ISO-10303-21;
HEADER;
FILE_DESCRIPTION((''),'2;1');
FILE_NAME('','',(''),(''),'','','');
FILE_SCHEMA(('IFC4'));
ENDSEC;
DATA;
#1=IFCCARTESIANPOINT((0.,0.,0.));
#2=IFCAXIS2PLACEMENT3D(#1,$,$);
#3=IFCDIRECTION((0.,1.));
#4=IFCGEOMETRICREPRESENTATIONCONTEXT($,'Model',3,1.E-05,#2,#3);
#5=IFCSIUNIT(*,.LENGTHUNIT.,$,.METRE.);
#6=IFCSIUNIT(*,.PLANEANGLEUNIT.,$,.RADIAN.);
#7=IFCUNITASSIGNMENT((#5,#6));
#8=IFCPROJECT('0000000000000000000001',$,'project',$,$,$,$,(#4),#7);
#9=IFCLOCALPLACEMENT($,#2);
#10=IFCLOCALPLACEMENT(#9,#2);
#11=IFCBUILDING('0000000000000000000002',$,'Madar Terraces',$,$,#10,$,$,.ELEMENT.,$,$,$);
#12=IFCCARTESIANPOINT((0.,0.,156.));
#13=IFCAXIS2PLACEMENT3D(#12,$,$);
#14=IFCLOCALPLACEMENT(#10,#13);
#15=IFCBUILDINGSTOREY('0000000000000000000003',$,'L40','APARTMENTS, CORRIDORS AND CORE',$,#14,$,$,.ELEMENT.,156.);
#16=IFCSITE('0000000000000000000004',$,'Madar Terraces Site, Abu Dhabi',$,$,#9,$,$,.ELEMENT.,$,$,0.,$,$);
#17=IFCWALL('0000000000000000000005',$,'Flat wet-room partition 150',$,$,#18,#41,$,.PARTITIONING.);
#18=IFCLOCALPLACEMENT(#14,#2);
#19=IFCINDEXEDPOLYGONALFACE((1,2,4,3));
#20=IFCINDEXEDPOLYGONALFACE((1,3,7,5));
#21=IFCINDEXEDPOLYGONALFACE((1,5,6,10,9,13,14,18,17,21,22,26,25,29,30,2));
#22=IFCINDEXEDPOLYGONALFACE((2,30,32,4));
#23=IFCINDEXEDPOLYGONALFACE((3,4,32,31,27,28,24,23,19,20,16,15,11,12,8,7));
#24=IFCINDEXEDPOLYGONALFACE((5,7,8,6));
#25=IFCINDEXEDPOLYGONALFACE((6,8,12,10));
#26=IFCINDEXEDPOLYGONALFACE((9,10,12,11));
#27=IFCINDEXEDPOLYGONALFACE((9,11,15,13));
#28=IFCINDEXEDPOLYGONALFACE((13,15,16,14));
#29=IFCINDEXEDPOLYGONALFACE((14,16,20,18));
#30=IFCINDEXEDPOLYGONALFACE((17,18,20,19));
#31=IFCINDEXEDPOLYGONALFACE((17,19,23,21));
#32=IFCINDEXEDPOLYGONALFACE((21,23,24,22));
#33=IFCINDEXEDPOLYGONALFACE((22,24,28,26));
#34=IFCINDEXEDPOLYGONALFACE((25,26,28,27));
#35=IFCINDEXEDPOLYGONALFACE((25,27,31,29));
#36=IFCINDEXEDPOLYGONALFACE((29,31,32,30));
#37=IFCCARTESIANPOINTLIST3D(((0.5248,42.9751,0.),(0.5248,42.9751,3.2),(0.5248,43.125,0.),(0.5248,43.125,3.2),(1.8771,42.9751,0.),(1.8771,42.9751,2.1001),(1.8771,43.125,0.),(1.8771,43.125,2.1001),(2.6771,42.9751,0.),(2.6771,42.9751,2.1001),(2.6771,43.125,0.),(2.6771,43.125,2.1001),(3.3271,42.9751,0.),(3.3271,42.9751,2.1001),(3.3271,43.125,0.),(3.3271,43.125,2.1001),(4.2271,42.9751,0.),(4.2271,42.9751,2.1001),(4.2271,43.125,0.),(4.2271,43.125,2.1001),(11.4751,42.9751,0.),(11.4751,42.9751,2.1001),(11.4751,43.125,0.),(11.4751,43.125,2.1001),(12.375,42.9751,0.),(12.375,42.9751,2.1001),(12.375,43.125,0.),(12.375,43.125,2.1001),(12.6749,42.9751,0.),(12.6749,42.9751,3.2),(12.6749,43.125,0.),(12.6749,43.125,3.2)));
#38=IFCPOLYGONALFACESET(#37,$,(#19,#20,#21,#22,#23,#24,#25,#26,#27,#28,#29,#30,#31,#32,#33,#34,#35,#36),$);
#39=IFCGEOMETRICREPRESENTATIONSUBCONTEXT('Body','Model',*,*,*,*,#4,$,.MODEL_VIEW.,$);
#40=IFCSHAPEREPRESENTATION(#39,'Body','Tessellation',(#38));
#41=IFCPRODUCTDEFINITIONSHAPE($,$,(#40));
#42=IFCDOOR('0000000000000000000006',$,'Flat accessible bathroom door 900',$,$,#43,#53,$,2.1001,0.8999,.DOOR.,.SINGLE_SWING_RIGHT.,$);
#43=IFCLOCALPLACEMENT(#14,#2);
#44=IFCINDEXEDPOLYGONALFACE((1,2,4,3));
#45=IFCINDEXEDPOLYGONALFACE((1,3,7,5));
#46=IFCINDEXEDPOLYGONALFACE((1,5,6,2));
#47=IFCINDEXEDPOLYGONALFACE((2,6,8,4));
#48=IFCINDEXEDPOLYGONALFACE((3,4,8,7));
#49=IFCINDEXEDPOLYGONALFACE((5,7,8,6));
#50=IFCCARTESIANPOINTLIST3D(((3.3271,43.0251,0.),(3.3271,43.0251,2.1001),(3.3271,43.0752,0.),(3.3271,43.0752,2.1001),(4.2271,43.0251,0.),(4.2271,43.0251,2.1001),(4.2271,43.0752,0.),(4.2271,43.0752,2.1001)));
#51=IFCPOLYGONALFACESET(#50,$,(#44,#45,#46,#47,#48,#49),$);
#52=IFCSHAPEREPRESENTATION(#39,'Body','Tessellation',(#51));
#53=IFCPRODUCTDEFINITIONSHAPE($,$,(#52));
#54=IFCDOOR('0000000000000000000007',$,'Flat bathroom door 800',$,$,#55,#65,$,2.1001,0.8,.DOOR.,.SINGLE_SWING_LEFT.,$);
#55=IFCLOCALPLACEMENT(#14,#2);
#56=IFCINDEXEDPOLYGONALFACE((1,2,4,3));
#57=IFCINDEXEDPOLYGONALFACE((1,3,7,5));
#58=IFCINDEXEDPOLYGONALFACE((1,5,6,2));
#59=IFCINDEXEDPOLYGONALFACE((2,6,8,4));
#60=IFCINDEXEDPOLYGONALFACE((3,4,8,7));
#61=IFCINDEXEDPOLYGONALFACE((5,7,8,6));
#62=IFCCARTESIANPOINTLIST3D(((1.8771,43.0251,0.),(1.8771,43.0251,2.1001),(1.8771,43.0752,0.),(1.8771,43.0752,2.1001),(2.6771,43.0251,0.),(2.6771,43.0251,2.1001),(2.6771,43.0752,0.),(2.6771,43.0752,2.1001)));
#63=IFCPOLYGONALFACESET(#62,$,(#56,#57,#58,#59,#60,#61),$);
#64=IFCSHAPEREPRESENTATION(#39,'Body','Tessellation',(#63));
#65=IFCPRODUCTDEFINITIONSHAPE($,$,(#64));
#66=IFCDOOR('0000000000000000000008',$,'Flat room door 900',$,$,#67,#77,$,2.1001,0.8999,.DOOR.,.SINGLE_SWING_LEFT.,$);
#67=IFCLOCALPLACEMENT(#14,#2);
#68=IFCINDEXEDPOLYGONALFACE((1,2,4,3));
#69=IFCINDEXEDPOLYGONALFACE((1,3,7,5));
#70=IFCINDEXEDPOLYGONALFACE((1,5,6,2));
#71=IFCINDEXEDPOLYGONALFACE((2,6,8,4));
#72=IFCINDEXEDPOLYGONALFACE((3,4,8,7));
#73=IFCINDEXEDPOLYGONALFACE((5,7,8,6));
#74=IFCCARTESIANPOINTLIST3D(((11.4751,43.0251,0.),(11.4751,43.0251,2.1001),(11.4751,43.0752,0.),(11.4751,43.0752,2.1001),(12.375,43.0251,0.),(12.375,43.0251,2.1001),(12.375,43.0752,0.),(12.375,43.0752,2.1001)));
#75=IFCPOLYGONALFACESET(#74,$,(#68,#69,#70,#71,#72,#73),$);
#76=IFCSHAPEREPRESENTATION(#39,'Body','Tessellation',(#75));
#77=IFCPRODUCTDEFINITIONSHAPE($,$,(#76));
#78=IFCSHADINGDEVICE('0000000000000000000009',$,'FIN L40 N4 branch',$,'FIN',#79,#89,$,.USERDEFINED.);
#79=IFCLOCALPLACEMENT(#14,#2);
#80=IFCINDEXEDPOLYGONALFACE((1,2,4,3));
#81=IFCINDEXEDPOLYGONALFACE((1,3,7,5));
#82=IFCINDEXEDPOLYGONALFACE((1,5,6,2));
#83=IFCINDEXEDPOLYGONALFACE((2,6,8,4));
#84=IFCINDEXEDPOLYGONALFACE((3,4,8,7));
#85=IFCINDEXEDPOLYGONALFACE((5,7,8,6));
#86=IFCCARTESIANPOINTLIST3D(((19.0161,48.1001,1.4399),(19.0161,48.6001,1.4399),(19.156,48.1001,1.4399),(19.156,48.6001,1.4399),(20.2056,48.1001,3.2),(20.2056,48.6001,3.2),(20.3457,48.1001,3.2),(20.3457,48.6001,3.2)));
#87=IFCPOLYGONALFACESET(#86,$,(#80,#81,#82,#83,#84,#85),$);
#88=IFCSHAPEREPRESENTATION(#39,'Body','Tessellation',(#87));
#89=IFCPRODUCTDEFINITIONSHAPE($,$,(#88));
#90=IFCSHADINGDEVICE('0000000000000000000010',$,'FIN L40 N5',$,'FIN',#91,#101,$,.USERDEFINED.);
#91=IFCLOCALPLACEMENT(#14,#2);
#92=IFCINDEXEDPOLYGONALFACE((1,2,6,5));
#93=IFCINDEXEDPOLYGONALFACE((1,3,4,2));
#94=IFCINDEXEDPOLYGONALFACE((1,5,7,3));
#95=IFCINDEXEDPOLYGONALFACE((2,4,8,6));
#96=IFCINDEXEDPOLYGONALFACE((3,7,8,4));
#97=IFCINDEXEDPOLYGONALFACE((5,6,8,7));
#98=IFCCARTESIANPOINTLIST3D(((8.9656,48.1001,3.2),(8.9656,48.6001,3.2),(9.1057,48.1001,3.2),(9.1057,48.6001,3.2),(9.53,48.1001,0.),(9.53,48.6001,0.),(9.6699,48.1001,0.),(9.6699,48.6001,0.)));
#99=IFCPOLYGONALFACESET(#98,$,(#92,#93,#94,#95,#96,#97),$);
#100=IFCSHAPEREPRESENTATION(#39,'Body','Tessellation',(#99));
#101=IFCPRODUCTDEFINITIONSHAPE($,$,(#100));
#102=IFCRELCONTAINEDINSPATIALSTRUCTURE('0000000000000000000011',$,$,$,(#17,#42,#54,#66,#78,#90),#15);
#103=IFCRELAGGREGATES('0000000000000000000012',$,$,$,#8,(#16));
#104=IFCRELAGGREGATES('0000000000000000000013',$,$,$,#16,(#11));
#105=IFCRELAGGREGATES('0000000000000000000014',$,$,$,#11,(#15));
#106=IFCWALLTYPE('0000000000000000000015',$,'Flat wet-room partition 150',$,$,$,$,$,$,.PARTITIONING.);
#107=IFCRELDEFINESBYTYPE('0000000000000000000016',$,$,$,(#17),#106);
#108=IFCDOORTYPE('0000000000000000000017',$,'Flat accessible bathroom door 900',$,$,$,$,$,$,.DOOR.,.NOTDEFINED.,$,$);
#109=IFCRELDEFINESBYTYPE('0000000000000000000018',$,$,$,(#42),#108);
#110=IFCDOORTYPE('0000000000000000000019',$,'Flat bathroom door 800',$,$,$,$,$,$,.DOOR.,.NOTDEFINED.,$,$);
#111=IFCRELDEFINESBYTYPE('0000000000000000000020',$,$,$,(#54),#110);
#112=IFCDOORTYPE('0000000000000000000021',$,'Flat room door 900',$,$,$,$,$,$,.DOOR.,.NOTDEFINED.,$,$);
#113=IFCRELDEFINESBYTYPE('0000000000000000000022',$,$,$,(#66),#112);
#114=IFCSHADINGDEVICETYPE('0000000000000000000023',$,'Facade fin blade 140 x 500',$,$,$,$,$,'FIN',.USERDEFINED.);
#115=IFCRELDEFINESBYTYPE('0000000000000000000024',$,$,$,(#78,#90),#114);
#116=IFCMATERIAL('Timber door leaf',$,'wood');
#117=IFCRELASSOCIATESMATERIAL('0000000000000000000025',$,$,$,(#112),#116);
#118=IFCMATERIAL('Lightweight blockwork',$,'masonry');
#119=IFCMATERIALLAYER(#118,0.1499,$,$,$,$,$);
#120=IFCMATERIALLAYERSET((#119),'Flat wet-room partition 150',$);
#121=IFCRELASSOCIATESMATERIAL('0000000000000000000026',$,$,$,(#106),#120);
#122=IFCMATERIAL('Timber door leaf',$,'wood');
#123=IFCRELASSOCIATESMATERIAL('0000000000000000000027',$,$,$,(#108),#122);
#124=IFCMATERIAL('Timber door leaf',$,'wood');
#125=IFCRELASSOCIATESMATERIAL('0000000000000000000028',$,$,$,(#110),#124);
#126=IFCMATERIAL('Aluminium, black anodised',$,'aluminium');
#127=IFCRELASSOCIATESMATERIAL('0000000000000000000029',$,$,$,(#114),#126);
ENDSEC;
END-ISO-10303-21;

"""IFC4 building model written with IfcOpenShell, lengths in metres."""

from ifc_helpers import new_model, si_unit, direction, frame, frame_2d, origin, place, context, subcontext, project, spatial, polyline, rectangle, outline, extrude, material, layer, layer_set, type_object, element, fill, save


model = new_model("IFC4")

# Units and contexts
model_context = context("Model", 3, precision=1e-05, world=origin(), true_north=direction((0.0, 1.0)))
body_context = subcontext(model_context, "Body", "Model", "MODEL_VIEW")
ifc_project = project(units=[si_unit("LENGTHUNIT", "METRE"), si_unit("PLANEANGLEUNIT", "RADIAN")], contexts=[model_context])

# Site, building, storey
site_placement = place(None, origin())
site = spatial("IfcSite", under=ifc_project, at=site_placement, Name="Madar Terraces Site, Abu Dhabi", CompositionType="ELEMENT", RefElevation=0.0)
building_placement = place(site_placement, origin())
building = spatial("IfcBuilding", under=site, at=building_placement, Name="Madar Terraces", CompositionType="ELEMENT")
storey_placement = place(building_placement, frame((0.0, 0.0, 156.0)))
storey = spatial("IfcBuildingStorey", under=building, at=storey_placement, Name="L40", Description="APARTMENTS, CORRIDORS AND CORE", CompositionType="ELEMENT", Elevation=156.0)

# Shared definitions
ifc_material_1 = material(Name="Timber door leaf", Category="wood")
door_type_1 = type_object("IfcDoorType", Name="Flat room door 900", OperationType="NOTDEFINED", PredefinedType="DOOR", material=ifc_material_1)

# Wall, openings, doors
ifc_material_2 = material(Name="Lightweight blockwork", Category="masonry")
ifc_layer_1 = layer(ifc_material_2, 0.1499)
ifc_layer_set_1 = layer_set([ifc_layer_1], Name="Flat wet-room partition 150")
wall_type_1 = type_object("IfcWallType", Name="Flat wet-room partition 150", PredefinedType="PARTITIONING", material=ifc_layer_set_1)
wall_1_placement = place(storey_placement, frame((12.675, 43.05, 0.0), z_axis=(0.0, 0.0, 1.0), x_axis=(-1.0, 0.0, 0.0)))
wall_1 = element("IfcWall", 1, at=wall_1_placement, inside=storey, type_object=wall_type_1, Name="Flat wet-room partition 150", PredefinedType="PARTITIONING", context=body_context, shape_type="SweptSolid", body=[
    extrude(rectangle(XDim=12.1501, YDim=0.1499, at=frame_2d((6.0752, 0.0))), origin(), (0.0, 0.0, 1.0), 3.2),
])
opening_1_placement = place(wall_1_placement, frame((0.3, 0.0, 0.0)))
opening_1 = element("IfcOpeningElement", 2, at=opening_1_placement, cuts=wall_1, PredefinedType="OPENING", context=body_context, shape_type="SweptSolid", body=[
    extrude(rectangle(XDim=0.8999, YDim=2.1001, at=frame_2d((0.45, 1.05))), frame((0.0, 0.085, 0.0), z_axis=(0.0, -1.0, 0.0), x_axis=(1.0, 0.0, 0.0)), (0.0, 0.0, 1.0), 0.1699),
])
opening_2_placement = place(wall_1_placement, frame((8.448, 0.0, 0.0)))
opening_2 = element("IfcOpeningElement", 3, at=opening_2_placement, cuts=wall_1, PredefinedType="OPENING", context=body_context, shape_type="SweptSolid", body=[
    extrude(rectangle(XDim=0.8999, YDim=2.1001, at=frame_2d((0.45, 1.05))), frame((0.0, 0.085, 0.0), z_axis=(0.0, -1.0, 0.0), x_axis=(1.0, 0.0, 0.0)), (0.0, 0.0, 1.0), 0.1699),
])
opening_3_placement = place(wall_1_placement, frame((9.998, 0.0, 0.0)))
opening_3 = element("IfcOpeningElement", 4, at=opening_3_placement, cuts=wall_1, PredefinedType="OPENING", context=body_context, shape_type="SweptSolid", body=[
    extrude(rectangle(XDim=0.8, YDim=2.1001, at=frame_2d((0.3999, 1.05))), frame((0.0, 0.085, 0.0), z_axis=(0.0, -1.0, 0.0), x_axis=(1.0, 0.0, 0.0)), (0.0, 0.0, 1.0), 0.1699),
])
ifc_material_3 = material(Name="Timber door leaf", Category="wood")
door_type_2 = type_object("IfcDoorType", Name="Flat accessible bathroom door 900", OperationType="NOTDEFINED", PredefinedType="DOOR", material=ifc_material_3)
door_1_placement = place(opening_2_placement, origin())
door_1 = element("IfcDoor", 5, at=door_1_placement, inside=storey, type_object=door_type_2, Name="Flat accessible bathroom door 900", OperationType="SINGLE_SWING_RIGHT", OverallHeight=2.1001, OverallWidth=0.8999, PredefinedType="DOOR", context=body_context, shape_type="SweptSolid", body=[
    extrude(rectangle(XDim=0.8999, YDim=2.1001, at=frame_2d((0.45, 1.05))), frame((0.0, 0.0249, 0.0), z_axis=(0.0, -1.0, 0.0), x_axis=(1.0, 0.0, 0.0)), (0.0, 0.0, 1.0), 0.05),
])
fill(opening_2, door_1)
ifc_material_4 = material(Name="Timber door leaf", Category="wood")
door_type_3 = type_object("IfcDoorType", Name="Flat bathroom door 800", OperationType="NOTDEFINED", PredefinedType="DOOR", material=ifc_material_4)
door_2_placement = place(opening_3_placement, origin())
door_2 = element("IfcDoor", 6, at=door_2_placement, inside=storey, type_object=door_type_3, Name="Flat bathroom door 800", OperationType="SINGLE_SWING_LEFT", OverallHeight=2.1001, OverallWidth=0.8, PredefinedType="DOOR", context=body_context, shape_type="SweptSolid", body=[
    extrude(rectangle(XDim=0.8, YDim=2.1001, at=frame_2d((0.3999, 1.05))), frame((0.0, 0.0249, 0.0), z_axis=(0.0, -1.0, 0.0), x_axis=(1.0, 0.0, 0.0)), (0.0, 0.0, 1.0), 0.05),
])
fill(opening_3, door_2)
door_3_placement = place(opening_1_placement, origin())
door_3 = element("IfcDoor", 7, at=door_3_placement, inside=storey, type_object=door_type_1, Name="Flat room door 900", OperationType="SINGLE_SWING_LEFT", OverallHeight=2.1001, OverallWidth=0.8999, PredefinedType="DOOR", context=body_context, shape_type="SweptSolid", body=[
    extrude(rectangle(XDim=0.8999, YDim=2.1001, at=frame_2d((0.45, 1.05))), frame((0.0, 0.0249, 0.0), z_axis=(0.0, -1.0, 0.0), x_axis=(1.0, 0.0, 0.0)), (0.0, 0.0, 1.0), 0.05),
])
fill(opening_1, door_3)

# Shading devices
ifc_material_5 = material(Name="Aluminium, black anodised", Category="aluminium")
shading_device_type = type_object("IfcShadingDeviceType", Name="Facade fin blade 140 x 500", ElementType="FIN", PredefinedType="USERDEFINED", material=ifc_material_5)
shading_device_1_placement = place(storey_placement, frame((19.156, 48.3501, 1.4399), z_axis=(0.0, 0.0, 1.0), x_axis=(-1.0, 0.0, 0.0)))
element("IfcShadingDevice", 8, at=shading_device_1_placement, inside=storey, type_object=shading_device_type, Name="FIN L40 N4 branch", ObjectType="FIN", PredefinedType="USERDEFINED", context=body_context, shape_type="SweptSolid", body=[
    extrude(outline(polyline([(0.0, 0.0), (0.1399, 0.0), (-1.0496, 1.76), (-1.1897, 1.76), (0.0, 0.0)])), frame((0.0, 0.25, 0.0), z_axis=(0.0, -1.0, 0.0), x_axis=(1.0, 0.0, 0.0)), (0.0, 0.0, 1.0), 0.5),
])
shading_device_2_placement = place(storey_placement, frame((9.6699, 48.3501, 0.0), z_axis=(0.0, 0.0, 1.0), x_axis=(-1.0, 0.0, 0.0)))
element("IfcShadingDevice", 9, at=shading_device_2_placement, inside=storey, type_object=shading_device_type, Name="FIN L40 N5", ObjectType="FIN", PredefinedType="USERDEFINED", context=body_context, shape_type="SweptSolid", body=[
    extrude(outline(polyline([(0.0, 0.0), (0.1399, 0.0), (0.7043, 3.2), (0.5642, 3.2), (0.0, 0.0)])), frame((0.0, 0.25, 0.0), z_axis=(0.0, -1.0, 0.0), x_axis=(1.0, 0.0, 0.0)), (0.0, 0.0, 1.0), 0.5),
])

save(model, "model.ifc")
